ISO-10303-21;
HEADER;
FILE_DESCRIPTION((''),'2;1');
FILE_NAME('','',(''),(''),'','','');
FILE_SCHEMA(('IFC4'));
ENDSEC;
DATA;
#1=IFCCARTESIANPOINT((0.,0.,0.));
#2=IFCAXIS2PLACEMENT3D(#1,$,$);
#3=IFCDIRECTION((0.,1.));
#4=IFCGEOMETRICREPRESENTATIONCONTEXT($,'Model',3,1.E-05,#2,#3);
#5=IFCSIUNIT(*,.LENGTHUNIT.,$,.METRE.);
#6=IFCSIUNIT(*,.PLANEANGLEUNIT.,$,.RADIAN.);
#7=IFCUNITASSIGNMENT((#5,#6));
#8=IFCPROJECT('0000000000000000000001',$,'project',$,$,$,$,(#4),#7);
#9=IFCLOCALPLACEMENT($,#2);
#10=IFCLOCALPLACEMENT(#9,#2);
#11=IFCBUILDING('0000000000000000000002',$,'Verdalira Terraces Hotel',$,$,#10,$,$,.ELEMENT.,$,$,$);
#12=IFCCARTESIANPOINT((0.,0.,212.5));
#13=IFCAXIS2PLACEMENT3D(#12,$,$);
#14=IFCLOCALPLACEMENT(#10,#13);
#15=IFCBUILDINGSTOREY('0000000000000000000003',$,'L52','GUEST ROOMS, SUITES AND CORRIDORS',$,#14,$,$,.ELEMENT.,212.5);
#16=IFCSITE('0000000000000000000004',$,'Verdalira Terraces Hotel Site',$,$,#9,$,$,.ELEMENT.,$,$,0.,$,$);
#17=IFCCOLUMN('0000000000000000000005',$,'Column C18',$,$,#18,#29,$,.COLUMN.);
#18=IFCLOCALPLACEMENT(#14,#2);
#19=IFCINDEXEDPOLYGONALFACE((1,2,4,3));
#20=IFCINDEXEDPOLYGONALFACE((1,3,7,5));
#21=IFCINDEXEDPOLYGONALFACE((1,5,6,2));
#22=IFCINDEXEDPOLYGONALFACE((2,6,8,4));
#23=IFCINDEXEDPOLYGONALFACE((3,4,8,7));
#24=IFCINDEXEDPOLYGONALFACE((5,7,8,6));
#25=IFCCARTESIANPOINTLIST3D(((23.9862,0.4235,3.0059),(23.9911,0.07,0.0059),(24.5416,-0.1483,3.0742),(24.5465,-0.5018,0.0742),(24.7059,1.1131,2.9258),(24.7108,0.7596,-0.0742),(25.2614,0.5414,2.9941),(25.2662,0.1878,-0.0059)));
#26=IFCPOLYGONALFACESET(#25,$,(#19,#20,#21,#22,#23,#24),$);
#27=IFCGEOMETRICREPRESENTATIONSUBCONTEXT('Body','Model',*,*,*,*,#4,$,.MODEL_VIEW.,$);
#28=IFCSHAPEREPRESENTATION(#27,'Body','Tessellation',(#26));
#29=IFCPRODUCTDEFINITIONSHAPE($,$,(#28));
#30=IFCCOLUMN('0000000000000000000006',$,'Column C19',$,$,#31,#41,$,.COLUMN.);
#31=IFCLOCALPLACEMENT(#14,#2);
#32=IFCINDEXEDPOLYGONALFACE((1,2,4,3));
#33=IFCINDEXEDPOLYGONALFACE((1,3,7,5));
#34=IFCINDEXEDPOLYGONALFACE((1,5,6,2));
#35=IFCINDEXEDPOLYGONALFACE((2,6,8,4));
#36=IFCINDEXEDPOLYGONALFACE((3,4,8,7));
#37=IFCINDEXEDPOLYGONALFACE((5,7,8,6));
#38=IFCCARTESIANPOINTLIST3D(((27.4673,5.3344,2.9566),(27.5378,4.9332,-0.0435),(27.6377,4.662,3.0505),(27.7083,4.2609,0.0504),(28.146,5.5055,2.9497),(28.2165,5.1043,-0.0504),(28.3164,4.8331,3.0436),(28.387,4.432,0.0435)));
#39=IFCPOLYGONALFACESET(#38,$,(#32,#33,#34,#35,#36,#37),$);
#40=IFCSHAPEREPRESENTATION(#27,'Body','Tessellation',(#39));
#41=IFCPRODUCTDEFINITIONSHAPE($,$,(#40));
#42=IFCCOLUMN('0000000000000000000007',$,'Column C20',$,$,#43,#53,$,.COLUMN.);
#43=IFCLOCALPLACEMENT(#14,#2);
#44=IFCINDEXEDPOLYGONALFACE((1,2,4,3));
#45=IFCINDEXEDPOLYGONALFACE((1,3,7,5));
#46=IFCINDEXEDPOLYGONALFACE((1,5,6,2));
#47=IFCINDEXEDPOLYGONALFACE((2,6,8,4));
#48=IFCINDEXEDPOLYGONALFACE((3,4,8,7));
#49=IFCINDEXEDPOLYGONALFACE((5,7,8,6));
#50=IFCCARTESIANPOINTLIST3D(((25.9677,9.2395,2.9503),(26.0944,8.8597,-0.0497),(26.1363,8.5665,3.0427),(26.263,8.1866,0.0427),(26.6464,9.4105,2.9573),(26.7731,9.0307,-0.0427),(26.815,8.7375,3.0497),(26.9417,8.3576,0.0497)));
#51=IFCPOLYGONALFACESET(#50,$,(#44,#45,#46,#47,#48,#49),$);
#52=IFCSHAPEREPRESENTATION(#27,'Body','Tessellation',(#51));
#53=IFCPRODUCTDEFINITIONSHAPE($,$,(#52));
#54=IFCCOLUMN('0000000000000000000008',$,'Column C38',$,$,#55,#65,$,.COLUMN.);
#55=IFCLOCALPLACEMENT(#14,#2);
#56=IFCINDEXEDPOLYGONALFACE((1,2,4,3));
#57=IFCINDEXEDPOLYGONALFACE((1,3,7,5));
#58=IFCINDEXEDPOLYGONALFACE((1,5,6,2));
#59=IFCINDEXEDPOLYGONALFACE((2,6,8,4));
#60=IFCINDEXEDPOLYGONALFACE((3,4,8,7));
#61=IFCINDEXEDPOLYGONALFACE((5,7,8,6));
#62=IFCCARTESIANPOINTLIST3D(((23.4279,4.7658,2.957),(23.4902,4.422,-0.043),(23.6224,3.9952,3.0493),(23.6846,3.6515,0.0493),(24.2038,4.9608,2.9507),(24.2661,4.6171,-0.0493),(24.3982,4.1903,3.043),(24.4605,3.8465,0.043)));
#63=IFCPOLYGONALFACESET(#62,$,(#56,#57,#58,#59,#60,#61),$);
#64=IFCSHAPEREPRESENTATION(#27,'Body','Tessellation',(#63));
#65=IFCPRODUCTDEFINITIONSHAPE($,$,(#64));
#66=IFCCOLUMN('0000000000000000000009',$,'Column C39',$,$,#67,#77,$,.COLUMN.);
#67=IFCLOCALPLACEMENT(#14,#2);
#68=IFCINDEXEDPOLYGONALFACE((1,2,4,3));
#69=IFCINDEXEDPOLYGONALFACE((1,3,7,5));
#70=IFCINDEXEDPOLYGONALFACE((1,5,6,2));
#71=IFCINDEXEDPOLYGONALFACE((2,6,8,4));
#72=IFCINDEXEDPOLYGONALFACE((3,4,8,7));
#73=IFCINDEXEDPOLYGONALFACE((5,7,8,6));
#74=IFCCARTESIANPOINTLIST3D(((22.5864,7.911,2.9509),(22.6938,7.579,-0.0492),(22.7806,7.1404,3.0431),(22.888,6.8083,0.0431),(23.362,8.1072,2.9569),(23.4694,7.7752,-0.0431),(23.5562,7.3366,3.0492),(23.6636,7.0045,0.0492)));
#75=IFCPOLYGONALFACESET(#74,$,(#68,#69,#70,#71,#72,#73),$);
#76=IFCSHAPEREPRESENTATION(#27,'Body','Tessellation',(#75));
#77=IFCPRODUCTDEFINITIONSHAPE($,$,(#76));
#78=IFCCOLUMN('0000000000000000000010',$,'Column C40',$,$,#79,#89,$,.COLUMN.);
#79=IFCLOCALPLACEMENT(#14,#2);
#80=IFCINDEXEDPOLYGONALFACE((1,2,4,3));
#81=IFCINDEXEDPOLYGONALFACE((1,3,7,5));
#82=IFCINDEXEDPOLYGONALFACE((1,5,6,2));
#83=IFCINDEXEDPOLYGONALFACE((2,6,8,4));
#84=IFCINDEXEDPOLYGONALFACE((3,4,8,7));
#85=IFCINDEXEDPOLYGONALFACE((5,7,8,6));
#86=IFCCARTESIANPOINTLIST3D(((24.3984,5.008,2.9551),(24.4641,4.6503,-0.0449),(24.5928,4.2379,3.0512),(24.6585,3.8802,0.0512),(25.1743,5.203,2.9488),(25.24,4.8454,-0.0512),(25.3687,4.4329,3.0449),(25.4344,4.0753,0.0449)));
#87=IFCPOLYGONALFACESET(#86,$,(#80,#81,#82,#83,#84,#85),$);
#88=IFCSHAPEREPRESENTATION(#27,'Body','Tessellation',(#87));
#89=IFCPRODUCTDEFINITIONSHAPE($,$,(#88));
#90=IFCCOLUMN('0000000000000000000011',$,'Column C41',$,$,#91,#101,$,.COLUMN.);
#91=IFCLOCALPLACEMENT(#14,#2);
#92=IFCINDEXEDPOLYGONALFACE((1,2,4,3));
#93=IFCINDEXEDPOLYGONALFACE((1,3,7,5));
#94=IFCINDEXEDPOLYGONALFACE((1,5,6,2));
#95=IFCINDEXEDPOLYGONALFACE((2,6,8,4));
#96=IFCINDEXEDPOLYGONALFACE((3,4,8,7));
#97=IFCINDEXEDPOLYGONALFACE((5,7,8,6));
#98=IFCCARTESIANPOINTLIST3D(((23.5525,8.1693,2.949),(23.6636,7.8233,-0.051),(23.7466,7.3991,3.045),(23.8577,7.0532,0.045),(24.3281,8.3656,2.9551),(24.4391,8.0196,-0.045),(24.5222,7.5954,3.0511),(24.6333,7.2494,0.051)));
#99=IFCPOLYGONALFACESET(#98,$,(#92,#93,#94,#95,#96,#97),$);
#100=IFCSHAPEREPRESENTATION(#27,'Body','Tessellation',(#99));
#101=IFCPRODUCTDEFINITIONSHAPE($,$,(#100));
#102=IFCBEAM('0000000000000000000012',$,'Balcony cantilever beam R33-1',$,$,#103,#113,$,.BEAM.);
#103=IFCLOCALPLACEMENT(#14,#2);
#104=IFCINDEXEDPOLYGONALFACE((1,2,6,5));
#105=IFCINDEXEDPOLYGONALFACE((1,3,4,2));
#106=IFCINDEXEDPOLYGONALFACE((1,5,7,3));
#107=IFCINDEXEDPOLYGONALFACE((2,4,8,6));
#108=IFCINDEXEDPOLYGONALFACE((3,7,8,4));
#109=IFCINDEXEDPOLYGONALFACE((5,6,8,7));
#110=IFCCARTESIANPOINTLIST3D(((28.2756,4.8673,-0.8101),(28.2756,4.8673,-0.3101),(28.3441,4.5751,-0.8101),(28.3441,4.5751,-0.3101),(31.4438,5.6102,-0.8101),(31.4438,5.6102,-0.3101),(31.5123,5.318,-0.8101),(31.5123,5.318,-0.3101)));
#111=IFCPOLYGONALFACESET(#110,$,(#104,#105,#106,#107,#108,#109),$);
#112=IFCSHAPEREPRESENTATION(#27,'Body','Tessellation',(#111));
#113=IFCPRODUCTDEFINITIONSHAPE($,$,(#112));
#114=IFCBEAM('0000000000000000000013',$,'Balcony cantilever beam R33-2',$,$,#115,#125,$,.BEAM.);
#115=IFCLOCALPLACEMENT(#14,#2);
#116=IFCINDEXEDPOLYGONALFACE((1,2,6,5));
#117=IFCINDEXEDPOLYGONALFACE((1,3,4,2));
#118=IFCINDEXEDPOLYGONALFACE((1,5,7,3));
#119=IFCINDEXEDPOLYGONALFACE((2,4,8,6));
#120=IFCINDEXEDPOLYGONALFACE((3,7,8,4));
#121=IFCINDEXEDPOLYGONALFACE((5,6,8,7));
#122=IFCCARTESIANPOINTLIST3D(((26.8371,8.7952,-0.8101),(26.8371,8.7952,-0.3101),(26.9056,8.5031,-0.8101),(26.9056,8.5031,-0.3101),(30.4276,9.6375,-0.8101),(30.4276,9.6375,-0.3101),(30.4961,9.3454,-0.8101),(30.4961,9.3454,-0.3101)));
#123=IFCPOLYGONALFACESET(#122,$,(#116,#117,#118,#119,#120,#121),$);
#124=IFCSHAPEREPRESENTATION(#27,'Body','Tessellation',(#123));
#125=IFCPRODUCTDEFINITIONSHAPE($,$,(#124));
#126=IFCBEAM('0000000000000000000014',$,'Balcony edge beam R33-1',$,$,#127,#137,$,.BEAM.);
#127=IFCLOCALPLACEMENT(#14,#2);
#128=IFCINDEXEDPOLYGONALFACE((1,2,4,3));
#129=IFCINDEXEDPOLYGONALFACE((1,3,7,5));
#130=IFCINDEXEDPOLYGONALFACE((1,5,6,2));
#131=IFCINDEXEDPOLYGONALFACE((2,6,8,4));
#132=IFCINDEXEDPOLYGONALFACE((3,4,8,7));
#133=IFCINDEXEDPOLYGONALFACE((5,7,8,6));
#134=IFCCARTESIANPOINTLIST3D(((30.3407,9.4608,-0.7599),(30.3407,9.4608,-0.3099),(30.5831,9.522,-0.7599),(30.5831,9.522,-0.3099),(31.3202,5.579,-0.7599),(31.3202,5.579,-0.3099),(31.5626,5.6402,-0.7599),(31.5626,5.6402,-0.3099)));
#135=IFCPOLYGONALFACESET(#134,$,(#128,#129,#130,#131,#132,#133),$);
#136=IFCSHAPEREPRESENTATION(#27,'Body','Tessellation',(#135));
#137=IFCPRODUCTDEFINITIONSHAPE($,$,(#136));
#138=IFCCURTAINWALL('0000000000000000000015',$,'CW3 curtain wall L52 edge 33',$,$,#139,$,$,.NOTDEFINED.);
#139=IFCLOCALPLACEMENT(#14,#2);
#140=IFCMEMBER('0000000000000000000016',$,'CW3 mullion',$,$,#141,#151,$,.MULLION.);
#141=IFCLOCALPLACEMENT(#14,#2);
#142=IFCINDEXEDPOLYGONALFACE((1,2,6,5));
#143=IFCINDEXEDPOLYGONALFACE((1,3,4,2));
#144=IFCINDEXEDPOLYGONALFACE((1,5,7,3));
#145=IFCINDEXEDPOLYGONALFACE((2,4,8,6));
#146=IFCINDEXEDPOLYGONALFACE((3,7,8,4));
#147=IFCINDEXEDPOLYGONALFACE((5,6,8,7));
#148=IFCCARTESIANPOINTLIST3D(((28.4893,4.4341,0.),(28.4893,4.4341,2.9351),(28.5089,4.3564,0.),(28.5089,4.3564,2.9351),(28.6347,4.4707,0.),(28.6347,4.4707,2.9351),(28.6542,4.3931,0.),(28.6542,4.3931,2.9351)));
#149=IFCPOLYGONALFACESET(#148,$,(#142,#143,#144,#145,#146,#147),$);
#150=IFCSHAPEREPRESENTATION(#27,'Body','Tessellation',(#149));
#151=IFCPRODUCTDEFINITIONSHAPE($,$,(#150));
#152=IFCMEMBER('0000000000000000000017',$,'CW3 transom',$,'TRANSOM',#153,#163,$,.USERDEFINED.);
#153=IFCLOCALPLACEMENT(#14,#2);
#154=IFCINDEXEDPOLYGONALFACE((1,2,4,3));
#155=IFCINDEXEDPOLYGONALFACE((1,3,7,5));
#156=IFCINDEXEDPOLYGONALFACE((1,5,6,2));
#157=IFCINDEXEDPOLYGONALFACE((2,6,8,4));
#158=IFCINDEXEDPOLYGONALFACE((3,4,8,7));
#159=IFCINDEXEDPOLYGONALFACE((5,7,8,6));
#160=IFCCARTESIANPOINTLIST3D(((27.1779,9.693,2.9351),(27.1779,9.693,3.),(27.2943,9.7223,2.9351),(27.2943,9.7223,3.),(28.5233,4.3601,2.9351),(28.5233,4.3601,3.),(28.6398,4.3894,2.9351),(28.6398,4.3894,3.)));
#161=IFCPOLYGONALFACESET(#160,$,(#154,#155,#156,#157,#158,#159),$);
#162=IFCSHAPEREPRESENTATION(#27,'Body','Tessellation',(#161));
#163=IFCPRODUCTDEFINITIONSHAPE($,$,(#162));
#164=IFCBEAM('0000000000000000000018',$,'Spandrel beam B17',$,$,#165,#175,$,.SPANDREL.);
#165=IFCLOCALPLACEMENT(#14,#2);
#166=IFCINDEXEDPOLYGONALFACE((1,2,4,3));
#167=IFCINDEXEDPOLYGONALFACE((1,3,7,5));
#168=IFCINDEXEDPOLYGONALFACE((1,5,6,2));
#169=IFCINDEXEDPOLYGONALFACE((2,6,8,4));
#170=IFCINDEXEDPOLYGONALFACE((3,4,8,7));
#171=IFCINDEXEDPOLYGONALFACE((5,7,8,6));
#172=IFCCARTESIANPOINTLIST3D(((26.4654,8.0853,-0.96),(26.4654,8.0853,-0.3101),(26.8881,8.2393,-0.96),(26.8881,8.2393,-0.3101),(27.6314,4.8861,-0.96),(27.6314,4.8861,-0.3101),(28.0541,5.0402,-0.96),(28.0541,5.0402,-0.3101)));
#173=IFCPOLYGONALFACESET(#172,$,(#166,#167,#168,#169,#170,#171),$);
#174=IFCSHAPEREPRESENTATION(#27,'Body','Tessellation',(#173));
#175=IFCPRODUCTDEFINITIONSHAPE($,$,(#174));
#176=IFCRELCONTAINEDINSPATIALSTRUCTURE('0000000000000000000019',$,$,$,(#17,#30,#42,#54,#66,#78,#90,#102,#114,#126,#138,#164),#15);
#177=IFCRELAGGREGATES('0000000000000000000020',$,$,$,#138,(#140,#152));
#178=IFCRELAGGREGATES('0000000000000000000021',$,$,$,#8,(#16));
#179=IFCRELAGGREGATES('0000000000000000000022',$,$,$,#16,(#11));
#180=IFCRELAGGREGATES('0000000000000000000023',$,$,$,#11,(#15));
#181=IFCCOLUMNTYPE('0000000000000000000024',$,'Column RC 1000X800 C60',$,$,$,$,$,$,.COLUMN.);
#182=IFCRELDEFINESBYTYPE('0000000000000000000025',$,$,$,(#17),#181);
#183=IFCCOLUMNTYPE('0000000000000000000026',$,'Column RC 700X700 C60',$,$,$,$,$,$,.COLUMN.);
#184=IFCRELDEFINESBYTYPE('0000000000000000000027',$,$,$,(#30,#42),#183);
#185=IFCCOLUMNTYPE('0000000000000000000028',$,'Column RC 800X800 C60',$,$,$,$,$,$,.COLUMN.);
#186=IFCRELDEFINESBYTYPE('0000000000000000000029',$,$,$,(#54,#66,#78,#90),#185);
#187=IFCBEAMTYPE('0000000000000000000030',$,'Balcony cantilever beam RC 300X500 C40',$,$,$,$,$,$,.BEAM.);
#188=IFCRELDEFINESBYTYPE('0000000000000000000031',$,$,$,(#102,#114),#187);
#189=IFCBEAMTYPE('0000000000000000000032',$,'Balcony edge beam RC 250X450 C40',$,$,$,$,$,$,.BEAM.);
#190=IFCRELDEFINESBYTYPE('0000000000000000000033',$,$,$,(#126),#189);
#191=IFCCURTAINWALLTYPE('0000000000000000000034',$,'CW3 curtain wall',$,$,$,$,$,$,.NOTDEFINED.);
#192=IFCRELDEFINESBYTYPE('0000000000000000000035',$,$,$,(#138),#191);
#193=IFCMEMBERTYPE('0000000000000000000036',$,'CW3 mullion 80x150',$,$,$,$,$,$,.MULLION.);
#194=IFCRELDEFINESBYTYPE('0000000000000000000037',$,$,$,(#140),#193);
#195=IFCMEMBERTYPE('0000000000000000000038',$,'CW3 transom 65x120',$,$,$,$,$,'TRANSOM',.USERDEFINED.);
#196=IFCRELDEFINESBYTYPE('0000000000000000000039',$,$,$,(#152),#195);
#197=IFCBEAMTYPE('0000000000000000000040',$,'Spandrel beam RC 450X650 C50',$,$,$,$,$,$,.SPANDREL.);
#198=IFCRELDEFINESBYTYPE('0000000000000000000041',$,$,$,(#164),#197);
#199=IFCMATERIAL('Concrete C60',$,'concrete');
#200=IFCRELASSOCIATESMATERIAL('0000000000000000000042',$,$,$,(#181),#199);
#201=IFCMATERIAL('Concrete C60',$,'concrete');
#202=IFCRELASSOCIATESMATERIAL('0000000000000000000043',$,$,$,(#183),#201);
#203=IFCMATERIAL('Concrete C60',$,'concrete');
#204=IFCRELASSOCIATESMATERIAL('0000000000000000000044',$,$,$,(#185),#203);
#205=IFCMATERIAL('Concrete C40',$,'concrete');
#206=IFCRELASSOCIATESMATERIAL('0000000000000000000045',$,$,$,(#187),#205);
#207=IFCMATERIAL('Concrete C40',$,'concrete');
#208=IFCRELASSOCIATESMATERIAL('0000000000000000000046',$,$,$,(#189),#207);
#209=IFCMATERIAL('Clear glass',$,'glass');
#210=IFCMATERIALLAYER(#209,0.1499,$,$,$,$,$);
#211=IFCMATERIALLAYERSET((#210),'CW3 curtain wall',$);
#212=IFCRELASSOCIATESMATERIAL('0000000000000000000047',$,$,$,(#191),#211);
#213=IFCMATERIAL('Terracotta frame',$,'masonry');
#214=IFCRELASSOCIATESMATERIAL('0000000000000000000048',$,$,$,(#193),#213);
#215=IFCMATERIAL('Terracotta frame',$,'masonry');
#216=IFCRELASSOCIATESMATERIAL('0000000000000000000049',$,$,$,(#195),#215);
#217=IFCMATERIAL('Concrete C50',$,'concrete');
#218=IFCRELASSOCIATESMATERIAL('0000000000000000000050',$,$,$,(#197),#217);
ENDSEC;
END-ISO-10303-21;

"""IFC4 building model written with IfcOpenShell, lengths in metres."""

from ifc_helpers import new_model, si_unit, direction, frame, origin, origin_2d, place, context, subcontext, project, spatial, rectangle, extrude, material, layer, layer_set, material_profile, profile_set, type_object, element, aggregate, save


model = new_model("IFC4")

# Units and contexts
model_context = context("Model", 3, precision=1e-05, world=origin(), true_north=direction((0.0, 1.0)))
body_context = subcontext(model_context, "Body", "Model", "MODEL_VIEW")
ifc_project = project(units=[si_unit("LENGTHUNIT", "METRE"), si_unit("PLANEANGLEUNIT", "RADIAN")], contexts=[model_context])

# Site, building, storey
site_placement = place(None, origin())
site = spatial("IfcSite", under=ifc_project, at=site_placement, Name="Verdalira Terraces Hotel Site", CompositionType="ELEMENT", RefElevation=0.0)
building_placement = place(site_placement, origin())
building = spatial("IfcBuilding", under=site, at=building_placement, Name="Verdalira Terraces Hotel", CompositionType="ELEMENT")
storey_placement = place(building_placement, frame((0.0, 0.0, 212.5)))
storey = spatial("IfcBuildingStorey", under=building, at=storey_placement, Name="L52", Description="GUEST ROOMS, SUITES AND CORRIDORS", CompositionType="ELEMENT", Elevation=212.5)

# Columns
ifc_material_1 = material(Name="Concrete C60", Category="concrete")
ifc_material_profile_1 = material_profile(ifc_material_1, rectangle(XDim=1.0, YDim=0.8, at=origin_2d()), Name="RC 1000X800")
ifc_profile_set_1 = profile_set([ifc_material_profile_1], Name="Concrete C60")
column_type_1 = type_object("IfcColumnType", Name="Column RC 1000X800 C60", PredefinedType="COLUMN", material=ifc_profile_set_1)
column_1_placement = place(storey_placement, frame((24.6287, 0.1289, 0.0), z_axis=(-0.001616, 0.117029, 0.993127), x_axis=(-0.719717, -0.689632, 0.080094)))
element("IfcColumn", 1, at=column_1_placement, inside=storey, type_object=column_type_1, Name="Column C18", PredefinedType="COLUMN", context=body_context, shape_type="SweptSolid", body=[
    extrude(rectangle(XDim=1.0, YDim=0.8, at=origin_2d()), origin(), (0.0, 0.0, 1.0), 3.0208),
])
ifc_material_2 = material(Name="Concrete C60", Category="concrete")
ifc_material_profile_2 = material_profile(ifc_material_2, rectangle(XDim=0.7, YDim=0.7, at=origin_2d()), Name="RC 700X700")
ifc_profile_set_2 = profile_set([ifc_material_profile_2], Name="Concrete C60")
column_type_2 = type_object("IfcColumnType", Name="Column RC 700X700 C60", PredefinedType="COLUMN", material=ifc_profile_set_2)
column_2_placement = place(storey_placement, frame((27.9624, 4.6826, 0.0), z_axis=(-0.023305, 0.132492, 0.99091), x_axis=(-0.243524, 0.960571, -0.134163)))
element("IfcColumn", 2, at=column_2_placement, inside=storey, type_object=column_type_2, Name="Column C19", PredefinedType="COLUMN", context=body_context, shape_type="SweptSolid", body=[
    extrude(rectangle(XDim=0.7, YDim=0.7, at=origin_2d()), origin(), (0.0, 0.0, 1.0), 3.0276),
])
column_3_placement = place(storey_placement, frame((26.5181, 8.6086, 0.0), z_axis=(-0.041865, 0.125514, 0.991208), x_axis=(-0.240887, 0.961544, -0.131932)))
element("IfcColumn", 3, at=column_3_placement, inside=storey, type_object=column_type_2, Name="Column C20", PredefinedType="COLUMN", context=body_context, shape_type="SweptSolid", body=[
    extrude(rectangle(XDim=0.7, YDim=0.7, at=origin_2d()), origin(), (0.0, 0.0, 1.0), 3.0266),
])
ifc_material_3 = material(Name="Concrete C60", Category="concrete")
ifc_material_profile_3 = material_profile(ifc_material_3, rectangle(XDim=0.8, YDim=0.8, at=origin_2d()), Name="RC 800X800")
ifc_profile_set_3 = profile_set([ifc_material_profile_3], Name="Concrete C60")
column_type_3 = type_object("IfcColumnType", Name="Column RC 800X800 C60", PredefinedType="COLUMN", material=ifc_profile_set_3)
for number, where, z_axis, x_axis, name in (
    (4, (23.9753, 4.1343, 0.0), (-0.020613, 0.113814, 0.993288), (0.969801, 0.243771, -0.007807), "Column C38"),
    (5, (23.1787, 7.2917, 0.0), (-0.035567, 0.109936, 0.993302), (0.969438, 0.245221, 0.007573), "Column C39"),
):
    element("IfcColumn", number, at=place(storey_placement, frame(where, z_axis=z_axis, x_axis=x_axis)), inside=storey, type_object=column_type_3, Name=name, PredefinedType="COLUMN", context=body_context, shape_type="SweptSolid", body=[
        extrude(rectangle(XDim=0.8, YDim=0.8, at=origin_2d()), origin(), (0.0, 0.0, 1.0), 3.0203),
    ])
for number, where, z_axis, x_axis, name in (
    (6, (24.9492, 4.3628, 0.0), (-0.021732, 0.118356, 0.992733), (0.969793, 0.243805, -0.007837), "Column C40"),
    (7, (24.1484, 7.5364, 0.0), (-0.036759, 0.114479, 0.992745), (0.969409, 0.245334, 0.007604), "Column C41"),
):
    element("IfcColumn", number, at=place(storey_placement, frame(where, z_axis=z_axis, x_axis=x_axis)), inside=storey, type_object=column_type_3, Name=name, PredefinedType="COLUMN", context=body_context, shape_type="SweptSolid", body=[
        extrude(rectangle(XDim=0.8, YDim=0.8, at=origin_2d()), origin(), (0.0, 0.0, 1.0), 3.022),
    ])

# Beams
ifc_material_4 = material(Name="Concrete C40", Category="concrete")
ifc_material_profile_4 = material_profile(ifc_material_4, rectangle(XDim=0.3, YDim=0.5, at=origin_2d()), Name="RC 300X500")
ifc_profile_set_4 = profile_set([ifc_material_profile_4], Name="Concrete C40")
beam_type_1 = type_object("IfcBeamType", Name="Balcony cantilever beam RC 300X500 C40", PredefinedType="BEAM", material=ifc_profile_set_4)
beam_1_placement = place(storey_placement, frame((28.3098, 4.7212, -0.5601), z_axis=(0.973591, 0.228299, 0.0), x_axis=(-0.228299, 0.973591, 0.0)))
element("IfcBeam", 8, at=beam_1_placement, inside=storey, type_object=beam_type_1, Name="Balcony cantilever beam R33-1", PredefinedType="BEAM", context=body_context, shape_type="SweptSolid", body=[
    extrude(rectangle(XDim=0.3, YDim=0.5, at=origin_2d()), origin(), (0.0, 0.0, 1.0), 3.2542),
])
beam_2_placement = place(storey_placement, frame((26.8713, 8.6492, -0.5601), z_axis=(0.973571, 0.228383, 0.0), x_axis=(-0.228383, 0.973571, 0.0)))
element("IfcBeam", 9, at=beam_2_placement, inside=storey, type_object=beam_type_1, Name="Balcony cantilever beam R33-2", PredefinedType="BEAM", context=body_context, shape_type="SweptSolid", body=[
    extrude(rectangle(XDim=0.3, YDim=0.5, at=origin_2d()), origin(), (0.0, 0.0, 1.0), 3.688),
])
ifc_material_5 = material(Name="Concrete C40", Category="concrete")
ifc_material_profile_5 = material_profile(ifc_material_5, rectangle(XDim=0.25, YDim=0.45, at=origin_2d()), Name="RC 250X450")
ifc_profile_set_5 = profile_set([ifc_material_profile_5], Name="Concrete C40")
beam_type_2 = type_object("IfcBeamType", Name="Balcony edge beam RC 250X450 C40", PredefinedType="BEAM", material=ifc_profile_set_5)
beam_3_placement = place(storey_placement, frame((31.4414, 5.6096, -0.5349), z_axis=(-0.244659, 0.969609, 0.0), x_axis=(-0.969609, -0.244659, 0.0)))
element("IfcBeam", 10, at=beam_3_placement, inside=storey, type_object=beam_type_2, Name="Balcony edge beam R33-1", PredefinedType="BEAM", context=body_context, shape_type="SweptSolid", body=[
    extrude(rectangle(XDim=0.25, YDim=0.45, at=origin_2d()), origin(), (0.0, 0.0, 1.0), 4.0034),
])

# Curtain wall, members
ifc_material_6 = material(Name="Clear glass", Category="glass")
ifc_layer_1 = layer(ifc_material_6, 0.1499)
ifc_layer_set_1 = layer_set([ifc_layer_1], Name="CW3 curtain wall")
curtain_wall_type = type_object("IfcCurtainWallType", Name="CW3 curtain wall", PredefinedType="NOTDEFINED", material=ifc_layer_set_1)
curtain_wall_placement = place(storey_placement, origin())
curtain_wall = element("IfcCurtainWall", 11, at=curtain_wall_placement, inside=storey, type_object=curtain_wall_type, Name="CW3 curtain wall L52 edge 33", PredefinedType="NOTDEFINED")
ifc_material_7 = material(Name="Terracotta frame", Category="masonry")
ifc_material_profile_6 = material_profile(ifc_material_7, rectangle(XDim=0.0801, YDim=0.1499, at=origin_2d()), Name="MU 80x150")
ifc_profile_set_6 = profile_set([ifc_material_profile_6], Name="Terracotta frame")
member_type_1 = type_object("IfcMemberType", Name="CW3 mullion 80x150", PredefinedType="MULLION", material=ifc_profile_set_6)
member_1_placement = place(storey_placement, frame((28.5718, 4.4136, 0.0), z_axis=(0.0, 0.0, 1.0), x_axis=(-0.244631, 0.969616, 0.0)))
member_1 = element("IfcMember", 12, at=member_1_placement, type_object=member_type_1, Name="CW3 mullion", PredefinedType="MULLION", context=body_context, shape_type="SweptSolid", body=[
    extrude(rectangle(XDim=0.0801, YDim=0.1499, at=origin_2d()), origin(), (0.0, 0.0, 1.0), 2.9351),
])
ifc_material_8 = material(Name="Terracotta frame", Category="masonry")
ifc_material_profile_7 = material_profile(ifc_material_8, rectangle(XDim=0.1201, YDim=0.0649, at=origin_2d()), Name="TR 65x120")
ifc_profile_set_7 = profile_set([ifc_material_profile_7], Name="Terracotta frame")
member_type_2 = type_object("IfcMemberType", Name="CW3 transom 65x120", ElementType="TRANSOM", PredefinedType="USERDEFINED", material=ifc_profile_set_7)
member_2_placement = place(storey_placement, frame((28.5815, 4.3748, 2.9675), z_axis=(-0.244624, 0.969618, 0.0), x_axis=(-0.969618, -0.244624, 0.0)))
member_2 = element("IfcMember", 13, at=member_2_placement, type_object=member_type_2, Name="CW3 transom", ObjectType="TRANSOM", PredefinedType="USERDEFINED", context=body_context, shape_type="SweptSolid", body=[
    extrude(rectangle(XDim=0.1201, YDim=0.0649, at=origin_2d()), origin(), (0.0, 0.0, 1.0), 5.5),
])

# Beam
ifc_material_9 = material(Name="Concrete C50", Category="concrete")
ifc_material_profile_8 = material_profile(ifc_material_9, rectangle(XDim=0.45, YDim=0.6499, at=origin_2d()), Name="RC 450X650")
ifc_profile_set_8 = profile_set([ifc_material_profile_8], Name="Concrete C50")
beam_type_3 = type_object("IfcBeamType", Name="Spandrel beam RC 450X650 C50", PredefinedType="SPANDREL", material=ifc_profile_set_8)
beam_4_placement = place(storey_placement, frame((27.8428, 4.9631, -0.635), z_axis=(-0.342434, 0.939542, 0.0), x_axis=(-0.939542, -0.342434, 0.0)))
element("IfcBeam", 14, at=beam_4_placement, inside=storey, type_object=beam_type_3, Name="Spandrel beam B17", PredefinedType="SPANDREL", context=body_context, shape_type="SweptSolid", body=[
    extrude(rectangle(XDim=0.45, YDim=0.6499, at=origin_2d()), origin(), (0.0, 0.0, 1.0), 3.405),
])

aggregate(curtain_wall, [member_1, member_2])

save(model, "model.ifc")
